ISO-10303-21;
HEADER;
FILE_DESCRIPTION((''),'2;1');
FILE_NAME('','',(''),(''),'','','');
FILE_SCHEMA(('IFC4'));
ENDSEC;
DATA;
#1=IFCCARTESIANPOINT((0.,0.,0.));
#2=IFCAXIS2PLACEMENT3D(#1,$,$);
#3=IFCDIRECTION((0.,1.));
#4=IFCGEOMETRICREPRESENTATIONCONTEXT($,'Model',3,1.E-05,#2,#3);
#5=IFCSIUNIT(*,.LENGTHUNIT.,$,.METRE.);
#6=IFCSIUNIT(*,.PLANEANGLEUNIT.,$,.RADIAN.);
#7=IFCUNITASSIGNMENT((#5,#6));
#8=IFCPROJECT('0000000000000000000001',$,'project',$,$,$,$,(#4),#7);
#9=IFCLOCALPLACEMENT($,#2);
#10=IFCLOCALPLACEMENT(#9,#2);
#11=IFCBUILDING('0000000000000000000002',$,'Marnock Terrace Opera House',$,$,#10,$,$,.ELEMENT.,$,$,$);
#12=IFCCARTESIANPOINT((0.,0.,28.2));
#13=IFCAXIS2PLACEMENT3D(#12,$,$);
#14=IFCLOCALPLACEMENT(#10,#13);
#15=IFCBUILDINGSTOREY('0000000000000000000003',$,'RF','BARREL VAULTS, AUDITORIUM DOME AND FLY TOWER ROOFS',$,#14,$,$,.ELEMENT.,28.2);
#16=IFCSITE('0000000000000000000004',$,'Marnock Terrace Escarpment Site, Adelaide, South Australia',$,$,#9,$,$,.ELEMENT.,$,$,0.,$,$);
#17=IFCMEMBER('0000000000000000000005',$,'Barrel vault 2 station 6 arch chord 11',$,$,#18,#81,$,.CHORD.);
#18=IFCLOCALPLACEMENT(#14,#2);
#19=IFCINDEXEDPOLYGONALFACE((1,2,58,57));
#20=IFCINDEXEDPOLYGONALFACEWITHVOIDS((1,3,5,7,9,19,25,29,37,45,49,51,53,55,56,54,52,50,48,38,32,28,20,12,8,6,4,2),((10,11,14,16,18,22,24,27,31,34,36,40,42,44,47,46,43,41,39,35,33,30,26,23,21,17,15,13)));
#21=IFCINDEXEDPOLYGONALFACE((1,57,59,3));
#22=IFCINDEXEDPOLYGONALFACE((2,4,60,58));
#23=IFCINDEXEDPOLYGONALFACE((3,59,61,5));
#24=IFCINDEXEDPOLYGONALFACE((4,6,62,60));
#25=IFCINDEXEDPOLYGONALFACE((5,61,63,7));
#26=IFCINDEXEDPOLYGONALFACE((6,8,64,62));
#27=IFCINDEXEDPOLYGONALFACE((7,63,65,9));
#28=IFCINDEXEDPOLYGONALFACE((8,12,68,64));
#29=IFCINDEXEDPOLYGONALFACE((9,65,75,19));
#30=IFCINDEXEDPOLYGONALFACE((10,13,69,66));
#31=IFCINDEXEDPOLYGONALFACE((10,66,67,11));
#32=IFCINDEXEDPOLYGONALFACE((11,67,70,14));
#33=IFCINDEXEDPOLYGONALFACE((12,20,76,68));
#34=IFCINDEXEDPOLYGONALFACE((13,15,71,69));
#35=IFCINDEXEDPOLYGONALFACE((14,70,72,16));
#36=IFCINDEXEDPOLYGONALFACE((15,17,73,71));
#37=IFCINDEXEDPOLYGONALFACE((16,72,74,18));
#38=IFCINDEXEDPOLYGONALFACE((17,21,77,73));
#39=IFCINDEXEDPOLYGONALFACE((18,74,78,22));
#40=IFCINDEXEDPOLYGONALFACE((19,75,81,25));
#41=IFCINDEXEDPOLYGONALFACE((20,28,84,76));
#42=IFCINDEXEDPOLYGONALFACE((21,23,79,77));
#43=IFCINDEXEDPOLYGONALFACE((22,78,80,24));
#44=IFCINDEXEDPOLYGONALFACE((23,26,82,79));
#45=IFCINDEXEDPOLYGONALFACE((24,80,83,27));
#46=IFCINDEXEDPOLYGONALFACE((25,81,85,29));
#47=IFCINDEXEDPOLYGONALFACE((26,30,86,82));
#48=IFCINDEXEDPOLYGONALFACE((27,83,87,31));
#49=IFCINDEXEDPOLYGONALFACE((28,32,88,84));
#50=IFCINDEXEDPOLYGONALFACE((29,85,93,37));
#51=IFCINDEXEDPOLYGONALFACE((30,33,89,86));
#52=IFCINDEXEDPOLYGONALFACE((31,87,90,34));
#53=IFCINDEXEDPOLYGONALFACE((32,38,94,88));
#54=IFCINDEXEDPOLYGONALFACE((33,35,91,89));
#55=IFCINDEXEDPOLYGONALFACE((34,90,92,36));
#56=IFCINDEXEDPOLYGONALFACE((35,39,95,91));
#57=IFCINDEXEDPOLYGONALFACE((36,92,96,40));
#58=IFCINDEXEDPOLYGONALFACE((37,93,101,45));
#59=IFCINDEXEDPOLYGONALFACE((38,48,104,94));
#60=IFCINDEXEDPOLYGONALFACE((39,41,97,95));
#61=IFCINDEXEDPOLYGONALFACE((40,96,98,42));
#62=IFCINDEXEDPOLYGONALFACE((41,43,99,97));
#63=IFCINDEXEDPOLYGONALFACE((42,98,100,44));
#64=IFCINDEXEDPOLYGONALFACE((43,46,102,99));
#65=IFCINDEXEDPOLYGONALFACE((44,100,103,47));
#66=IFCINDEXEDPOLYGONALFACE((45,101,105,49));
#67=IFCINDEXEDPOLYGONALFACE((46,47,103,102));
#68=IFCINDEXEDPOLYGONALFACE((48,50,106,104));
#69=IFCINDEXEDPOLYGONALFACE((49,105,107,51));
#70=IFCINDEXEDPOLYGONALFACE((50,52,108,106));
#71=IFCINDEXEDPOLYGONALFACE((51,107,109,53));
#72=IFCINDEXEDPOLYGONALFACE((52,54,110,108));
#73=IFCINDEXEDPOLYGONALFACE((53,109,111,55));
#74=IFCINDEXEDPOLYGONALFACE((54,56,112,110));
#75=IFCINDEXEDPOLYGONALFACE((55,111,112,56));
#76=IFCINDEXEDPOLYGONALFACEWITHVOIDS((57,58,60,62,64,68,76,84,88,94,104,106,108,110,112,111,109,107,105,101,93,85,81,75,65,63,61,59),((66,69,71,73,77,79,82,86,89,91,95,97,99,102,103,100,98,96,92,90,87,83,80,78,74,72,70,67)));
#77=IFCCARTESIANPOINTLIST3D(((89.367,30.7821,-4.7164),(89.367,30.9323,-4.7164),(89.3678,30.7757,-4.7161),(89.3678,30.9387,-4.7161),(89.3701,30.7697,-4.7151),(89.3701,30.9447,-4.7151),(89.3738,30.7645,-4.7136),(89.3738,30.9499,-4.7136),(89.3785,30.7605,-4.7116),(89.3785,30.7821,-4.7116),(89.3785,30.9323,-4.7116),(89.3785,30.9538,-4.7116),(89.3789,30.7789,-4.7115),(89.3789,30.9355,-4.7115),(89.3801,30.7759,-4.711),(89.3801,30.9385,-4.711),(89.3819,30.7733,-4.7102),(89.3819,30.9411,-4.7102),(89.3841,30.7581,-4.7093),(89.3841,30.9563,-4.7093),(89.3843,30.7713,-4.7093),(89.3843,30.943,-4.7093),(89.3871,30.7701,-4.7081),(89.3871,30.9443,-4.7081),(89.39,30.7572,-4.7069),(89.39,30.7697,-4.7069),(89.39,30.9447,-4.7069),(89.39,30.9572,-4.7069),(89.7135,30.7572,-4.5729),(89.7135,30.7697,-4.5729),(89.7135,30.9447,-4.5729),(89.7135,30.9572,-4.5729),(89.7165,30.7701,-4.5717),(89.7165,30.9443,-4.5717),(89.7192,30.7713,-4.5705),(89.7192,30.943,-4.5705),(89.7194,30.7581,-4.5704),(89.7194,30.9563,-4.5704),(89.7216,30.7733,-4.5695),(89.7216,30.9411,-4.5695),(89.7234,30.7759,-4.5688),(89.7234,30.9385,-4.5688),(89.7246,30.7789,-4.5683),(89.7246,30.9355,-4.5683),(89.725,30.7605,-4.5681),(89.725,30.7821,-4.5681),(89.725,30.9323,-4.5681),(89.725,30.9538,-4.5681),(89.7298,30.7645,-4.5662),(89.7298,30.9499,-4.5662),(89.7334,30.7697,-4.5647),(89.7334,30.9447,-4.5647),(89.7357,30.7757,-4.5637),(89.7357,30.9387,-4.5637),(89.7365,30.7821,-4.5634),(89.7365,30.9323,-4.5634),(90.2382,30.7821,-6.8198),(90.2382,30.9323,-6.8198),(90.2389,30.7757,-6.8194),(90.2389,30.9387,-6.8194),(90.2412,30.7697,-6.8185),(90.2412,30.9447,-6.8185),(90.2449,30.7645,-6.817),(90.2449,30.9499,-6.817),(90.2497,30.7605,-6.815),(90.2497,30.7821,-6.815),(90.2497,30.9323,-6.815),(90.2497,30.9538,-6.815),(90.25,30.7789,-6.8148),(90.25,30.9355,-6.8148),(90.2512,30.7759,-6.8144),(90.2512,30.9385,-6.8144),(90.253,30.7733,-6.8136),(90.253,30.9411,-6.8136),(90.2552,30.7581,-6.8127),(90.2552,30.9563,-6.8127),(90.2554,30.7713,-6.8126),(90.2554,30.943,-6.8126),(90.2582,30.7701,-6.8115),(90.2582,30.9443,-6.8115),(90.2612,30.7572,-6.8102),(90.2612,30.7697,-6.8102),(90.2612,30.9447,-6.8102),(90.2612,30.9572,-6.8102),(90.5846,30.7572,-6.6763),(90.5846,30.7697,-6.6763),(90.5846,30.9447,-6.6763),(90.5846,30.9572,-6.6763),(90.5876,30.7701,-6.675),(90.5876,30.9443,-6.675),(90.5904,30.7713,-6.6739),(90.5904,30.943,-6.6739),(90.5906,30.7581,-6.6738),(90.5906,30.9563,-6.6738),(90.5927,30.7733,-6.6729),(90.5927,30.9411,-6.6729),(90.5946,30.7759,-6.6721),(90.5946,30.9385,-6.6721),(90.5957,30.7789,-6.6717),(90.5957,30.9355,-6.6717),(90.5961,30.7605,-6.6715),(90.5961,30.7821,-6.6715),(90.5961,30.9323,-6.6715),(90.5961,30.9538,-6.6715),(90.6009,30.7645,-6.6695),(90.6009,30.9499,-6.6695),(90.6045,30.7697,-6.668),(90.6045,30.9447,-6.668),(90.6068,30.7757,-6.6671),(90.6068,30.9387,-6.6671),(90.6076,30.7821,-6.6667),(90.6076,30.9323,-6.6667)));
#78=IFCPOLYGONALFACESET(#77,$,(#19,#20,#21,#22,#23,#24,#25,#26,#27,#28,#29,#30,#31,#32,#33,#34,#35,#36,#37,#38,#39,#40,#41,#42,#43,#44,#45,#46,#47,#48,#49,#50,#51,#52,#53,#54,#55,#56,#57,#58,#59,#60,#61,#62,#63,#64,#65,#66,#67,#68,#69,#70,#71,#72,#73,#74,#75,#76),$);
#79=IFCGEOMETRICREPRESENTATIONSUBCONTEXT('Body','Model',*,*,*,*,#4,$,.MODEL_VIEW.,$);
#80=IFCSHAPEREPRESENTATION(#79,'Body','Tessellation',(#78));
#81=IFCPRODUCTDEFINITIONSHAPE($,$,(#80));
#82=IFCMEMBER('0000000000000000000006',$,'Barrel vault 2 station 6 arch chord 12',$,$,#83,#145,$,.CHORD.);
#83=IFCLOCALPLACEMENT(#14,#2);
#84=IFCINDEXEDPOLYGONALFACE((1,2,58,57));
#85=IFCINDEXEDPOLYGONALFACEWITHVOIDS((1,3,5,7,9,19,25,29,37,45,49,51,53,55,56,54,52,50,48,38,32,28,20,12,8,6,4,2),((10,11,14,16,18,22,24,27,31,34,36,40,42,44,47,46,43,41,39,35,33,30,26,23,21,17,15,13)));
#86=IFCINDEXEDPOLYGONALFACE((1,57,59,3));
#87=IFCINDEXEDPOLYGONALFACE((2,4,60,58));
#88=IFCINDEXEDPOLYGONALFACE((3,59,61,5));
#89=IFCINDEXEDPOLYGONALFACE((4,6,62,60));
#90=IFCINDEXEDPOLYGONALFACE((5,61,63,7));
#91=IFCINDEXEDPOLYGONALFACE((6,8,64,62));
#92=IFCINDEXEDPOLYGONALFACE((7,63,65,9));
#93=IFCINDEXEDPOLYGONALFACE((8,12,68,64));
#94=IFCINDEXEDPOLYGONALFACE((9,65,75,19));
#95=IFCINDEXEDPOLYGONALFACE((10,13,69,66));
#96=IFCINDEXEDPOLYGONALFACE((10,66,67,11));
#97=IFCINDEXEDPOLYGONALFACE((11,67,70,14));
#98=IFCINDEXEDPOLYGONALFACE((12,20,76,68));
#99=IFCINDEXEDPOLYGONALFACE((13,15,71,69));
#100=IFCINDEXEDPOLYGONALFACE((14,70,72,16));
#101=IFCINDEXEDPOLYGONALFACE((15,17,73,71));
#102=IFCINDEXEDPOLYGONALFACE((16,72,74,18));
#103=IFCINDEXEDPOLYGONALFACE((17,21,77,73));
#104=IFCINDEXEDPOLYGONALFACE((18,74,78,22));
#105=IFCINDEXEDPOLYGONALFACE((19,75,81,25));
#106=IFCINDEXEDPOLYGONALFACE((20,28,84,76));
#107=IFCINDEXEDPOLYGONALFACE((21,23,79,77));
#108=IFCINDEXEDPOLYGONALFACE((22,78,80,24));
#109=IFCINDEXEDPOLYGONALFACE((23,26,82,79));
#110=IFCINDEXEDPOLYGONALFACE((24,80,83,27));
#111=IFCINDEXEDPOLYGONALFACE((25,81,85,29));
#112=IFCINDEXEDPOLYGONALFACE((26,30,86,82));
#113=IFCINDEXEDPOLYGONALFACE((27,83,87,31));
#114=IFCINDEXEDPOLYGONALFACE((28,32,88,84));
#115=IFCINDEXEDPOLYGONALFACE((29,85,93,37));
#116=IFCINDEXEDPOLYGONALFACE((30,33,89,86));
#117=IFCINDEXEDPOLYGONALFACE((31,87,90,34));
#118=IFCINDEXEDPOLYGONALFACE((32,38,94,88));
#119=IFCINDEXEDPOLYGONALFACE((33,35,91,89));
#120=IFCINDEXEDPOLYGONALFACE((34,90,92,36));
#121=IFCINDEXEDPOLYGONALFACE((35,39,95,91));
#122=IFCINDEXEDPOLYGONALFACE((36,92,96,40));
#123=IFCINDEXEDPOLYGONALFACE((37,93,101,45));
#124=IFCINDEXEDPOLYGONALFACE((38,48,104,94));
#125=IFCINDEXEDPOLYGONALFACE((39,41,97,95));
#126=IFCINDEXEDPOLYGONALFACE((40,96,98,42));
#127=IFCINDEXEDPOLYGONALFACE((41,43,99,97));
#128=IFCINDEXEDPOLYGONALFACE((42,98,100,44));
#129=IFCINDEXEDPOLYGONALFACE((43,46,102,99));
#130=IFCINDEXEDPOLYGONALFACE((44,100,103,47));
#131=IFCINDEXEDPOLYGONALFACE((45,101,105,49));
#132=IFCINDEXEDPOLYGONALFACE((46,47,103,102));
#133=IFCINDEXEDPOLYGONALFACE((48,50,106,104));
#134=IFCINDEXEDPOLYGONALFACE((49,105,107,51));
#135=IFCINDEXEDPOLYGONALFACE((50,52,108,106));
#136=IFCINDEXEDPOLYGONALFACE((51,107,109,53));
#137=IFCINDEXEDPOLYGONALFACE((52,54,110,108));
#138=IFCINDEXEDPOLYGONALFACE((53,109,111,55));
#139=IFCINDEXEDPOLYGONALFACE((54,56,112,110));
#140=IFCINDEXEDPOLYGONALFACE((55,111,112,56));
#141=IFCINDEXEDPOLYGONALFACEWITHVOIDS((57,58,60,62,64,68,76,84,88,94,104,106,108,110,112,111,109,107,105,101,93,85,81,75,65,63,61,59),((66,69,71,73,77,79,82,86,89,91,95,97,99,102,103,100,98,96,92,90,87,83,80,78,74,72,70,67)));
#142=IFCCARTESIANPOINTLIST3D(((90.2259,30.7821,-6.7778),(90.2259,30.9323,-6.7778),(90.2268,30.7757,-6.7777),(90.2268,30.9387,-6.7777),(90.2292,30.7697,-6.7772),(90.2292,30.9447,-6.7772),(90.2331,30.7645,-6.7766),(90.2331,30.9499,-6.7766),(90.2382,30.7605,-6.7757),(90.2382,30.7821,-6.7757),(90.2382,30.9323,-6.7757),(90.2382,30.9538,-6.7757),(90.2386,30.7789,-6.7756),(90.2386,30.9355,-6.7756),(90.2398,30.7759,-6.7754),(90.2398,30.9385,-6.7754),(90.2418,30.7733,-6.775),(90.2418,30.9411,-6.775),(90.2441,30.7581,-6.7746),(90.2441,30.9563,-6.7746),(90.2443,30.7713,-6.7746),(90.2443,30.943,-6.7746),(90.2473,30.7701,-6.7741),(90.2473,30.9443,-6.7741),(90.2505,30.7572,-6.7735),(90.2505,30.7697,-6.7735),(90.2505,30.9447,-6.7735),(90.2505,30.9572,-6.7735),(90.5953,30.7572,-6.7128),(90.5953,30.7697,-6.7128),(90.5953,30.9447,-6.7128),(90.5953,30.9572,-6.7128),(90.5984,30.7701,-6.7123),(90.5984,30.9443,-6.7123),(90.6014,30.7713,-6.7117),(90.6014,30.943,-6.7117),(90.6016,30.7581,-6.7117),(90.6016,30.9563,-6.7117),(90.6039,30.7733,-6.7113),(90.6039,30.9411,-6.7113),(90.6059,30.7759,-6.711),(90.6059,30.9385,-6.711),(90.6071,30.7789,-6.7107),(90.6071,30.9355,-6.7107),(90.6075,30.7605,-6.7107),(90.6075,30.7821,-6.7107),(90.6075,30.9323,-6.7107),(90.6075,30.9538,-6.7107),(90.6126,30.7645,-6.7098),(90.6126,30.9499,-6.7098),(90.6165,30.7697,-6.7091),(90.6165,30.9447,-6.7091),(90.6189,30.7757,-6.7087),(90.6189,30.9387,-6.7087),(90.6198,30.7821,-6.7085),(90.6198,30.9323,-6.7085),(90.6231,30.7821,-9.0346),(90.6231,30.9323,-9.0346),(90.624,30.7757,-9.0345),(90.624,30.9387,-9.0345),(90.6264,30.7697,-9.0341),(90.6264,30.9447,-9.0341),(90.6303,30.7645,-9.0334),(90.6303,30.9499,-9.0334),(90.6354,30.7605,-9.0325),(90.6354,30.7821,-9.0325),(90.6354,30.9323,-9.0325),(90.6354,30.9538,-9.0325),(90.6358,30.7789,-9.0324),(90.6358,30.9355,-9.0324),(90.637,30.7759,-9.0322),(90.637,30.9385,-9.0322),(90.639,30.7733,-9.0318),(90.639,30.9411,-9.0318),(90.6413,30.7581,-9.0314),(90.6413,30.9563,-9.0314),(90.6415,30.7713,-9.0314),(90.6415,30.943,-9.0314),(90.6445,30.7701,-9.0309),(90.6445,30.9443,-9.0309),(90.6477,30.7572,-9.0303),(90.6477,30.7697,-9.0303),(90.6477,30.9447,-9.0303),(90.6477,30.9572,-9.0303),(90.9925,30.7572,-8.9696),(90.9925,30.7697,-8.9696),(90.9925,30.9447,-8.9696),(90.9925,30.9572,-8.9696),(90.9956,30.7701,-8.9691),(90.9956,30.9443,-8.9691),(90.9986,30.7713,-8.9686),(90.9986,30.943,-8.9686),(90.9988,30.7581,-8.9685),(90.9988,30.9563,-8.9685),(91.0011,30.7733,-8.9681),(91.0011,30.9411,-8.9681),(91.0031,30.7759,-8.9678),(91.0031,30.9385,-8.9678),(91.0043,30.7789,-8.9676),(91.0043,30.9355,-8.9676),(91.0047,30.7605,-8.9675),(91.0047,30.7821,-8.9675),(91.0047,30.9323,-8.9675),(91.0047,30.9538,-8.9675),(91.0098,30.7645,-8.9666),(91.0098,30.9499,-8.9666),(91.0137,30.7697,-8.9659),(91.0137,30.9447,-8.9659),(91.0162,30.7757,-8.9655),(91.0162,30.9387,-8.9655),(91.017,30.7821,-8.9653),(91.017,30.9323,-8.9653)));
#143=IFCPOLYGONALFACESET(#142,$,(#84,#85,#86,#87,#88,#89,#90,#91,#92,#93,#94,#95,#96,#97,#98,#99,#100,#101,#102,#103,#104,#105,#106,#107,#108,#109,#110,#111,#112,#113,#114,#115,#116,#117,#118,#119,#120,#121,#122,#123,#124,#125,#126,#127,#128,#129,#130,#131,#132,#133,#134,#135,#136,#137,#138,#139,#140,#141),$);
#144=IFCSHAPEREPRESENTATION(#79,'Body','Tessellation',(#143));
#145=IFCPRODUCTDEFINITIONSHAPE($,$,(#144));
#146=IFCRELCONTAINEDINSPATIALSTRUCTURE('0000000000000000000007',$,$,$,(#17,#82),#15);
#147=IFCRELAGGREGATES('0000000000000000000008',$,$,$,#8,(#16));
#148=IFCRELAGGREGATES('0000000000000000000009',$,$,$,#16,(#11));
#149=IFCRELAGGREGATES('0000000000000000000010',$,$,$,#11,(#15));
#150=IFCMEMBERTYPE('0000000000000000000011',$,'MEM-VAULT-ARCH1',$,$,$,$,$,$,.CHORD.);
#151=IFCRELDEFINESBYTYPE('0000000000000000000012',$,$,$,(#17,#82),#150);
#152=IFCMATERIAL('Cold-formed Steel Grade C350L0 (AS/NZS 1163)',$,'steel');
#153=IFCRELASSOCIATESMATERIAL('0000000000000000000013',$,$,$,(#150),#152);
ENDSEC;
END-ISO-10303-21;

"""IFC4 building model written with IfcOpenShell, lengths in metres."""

from ifc_helpers import new_model, si_unit, direction, frame, origin, origin_2d, place, context, subcontext, project, spatial, hollow_rectangle, extrude, material, material_profile, profile_set, type_object, element, save


model = new_model("IFC4")

# Units and contexts
model_context = context("Model", 3, precision=1e-05, world=origin(), true_north=direction((0.0, 1.0)))
body_context = subcontext(model_context, "Body", "Model", "MODEL_VIEW")
ifc_project = project(units=[si_unit("LENGTHUNIT", "METRE"), si_unit("PLANEANGLEUNIT", "RADIAN")], contexts=[model_context])

# Site, building, storey
site_placement = place(None, origin())
site = spatial("IfcSite", under=ifc_project, at=site_placement, Name="Marnock Terrace Escarpment Site, Adelaide, South Australia", CompositionType="ELEMENT", RefElevation=0.0)
building_placement = place(site_placement, origin())
building = spatial("IfcBuilding", under=site, at=building_placement, Name="Marnock Terrace Opera House", CompositionType="ELEMENT")
storey_placement = place(building_placement, frame((0.0, 0.0, 28.2)))
storey = spatial("IfcBuildingStorey", under=building, at=storey_placement, Name="RF", Description="BARREL VAULTS, AUDITORIUM DOME AND FLY TOWER ROOFS", CompositionType="ELEMENT", Elevation=28.2)

# Members
ifc_material = material(Name="Cold-formed Steel Grade C350L0 (AS/NZS 1163)", Category="steel")
ifc_material_profile_1 = material_profile(ifc_material, hollow_rectangle(XDim=0.2, YDim=0.3999, WallThickness=0.0125, InnerFilletRadius=0.0125, OuterFilletRadius=0.0249, at=origin_2d()))
ifc_profile_set_1 = profile_set([ifc_material_profile_1], Name="Cold-formed Steel Grade C350L0 (AS/NZS 1163)")
member_type_1 = type_object("IfcMemberType", Name="MEM-VAULT-ARCH1", PredefinedType="CHORD", material=ifc_profile_set_1)
member_1_placement = place(storey_placement, frame((89.5518, 30.8572, -4.6399), z_axis=(0.382642, 0.0, -0.923897), x_axis=(0.0, 1.0, 0.0)))
element("IfcMember", 1, at=member_1_placement, inside=storey, type_object=member_type_1, Name="Barrel vault 2 station 6 arch chord 11", PredefinedType="CHORD", context=body_context, shape_type="SweptSolid", body=[
    extrude(hollow_rectangle(XDim=0.2, YDim=0.3999, WallThickness=0.0125, InnerFilletRadius=0.0125, OuterFilletRadius=0.0249, at=origin_2d()), origin(), (0.0, 0.0, 1.0), 2.2766),
])
member_2_placement = place(storey_placement, frame((90.4229, 30.8572, -6.7432), z_axis=(0.173342, 0.0, -0.984862), x_axis=(0.0, 1.0, 0.0)))
element("IfcMember", 2, at=member_2_placement, inside=storey, type_object=member_type_1, Name="Barrel vault 2 station 6 arch chord 12", PredefinedType="CHORD", context=body_context, shape_type="SweptSolid", body=[
    extrude(hollow_rectangle(XDim=0.2, YDim=0.3999, WallThickness=0.0125, InnerFilletRadius=0.0125, OuterFilletRadius=0.0249, at=origin_2d()), origin(), (0.0, 0.0, 1.0), 2.2915),
])

save(model, "model.ifc")
